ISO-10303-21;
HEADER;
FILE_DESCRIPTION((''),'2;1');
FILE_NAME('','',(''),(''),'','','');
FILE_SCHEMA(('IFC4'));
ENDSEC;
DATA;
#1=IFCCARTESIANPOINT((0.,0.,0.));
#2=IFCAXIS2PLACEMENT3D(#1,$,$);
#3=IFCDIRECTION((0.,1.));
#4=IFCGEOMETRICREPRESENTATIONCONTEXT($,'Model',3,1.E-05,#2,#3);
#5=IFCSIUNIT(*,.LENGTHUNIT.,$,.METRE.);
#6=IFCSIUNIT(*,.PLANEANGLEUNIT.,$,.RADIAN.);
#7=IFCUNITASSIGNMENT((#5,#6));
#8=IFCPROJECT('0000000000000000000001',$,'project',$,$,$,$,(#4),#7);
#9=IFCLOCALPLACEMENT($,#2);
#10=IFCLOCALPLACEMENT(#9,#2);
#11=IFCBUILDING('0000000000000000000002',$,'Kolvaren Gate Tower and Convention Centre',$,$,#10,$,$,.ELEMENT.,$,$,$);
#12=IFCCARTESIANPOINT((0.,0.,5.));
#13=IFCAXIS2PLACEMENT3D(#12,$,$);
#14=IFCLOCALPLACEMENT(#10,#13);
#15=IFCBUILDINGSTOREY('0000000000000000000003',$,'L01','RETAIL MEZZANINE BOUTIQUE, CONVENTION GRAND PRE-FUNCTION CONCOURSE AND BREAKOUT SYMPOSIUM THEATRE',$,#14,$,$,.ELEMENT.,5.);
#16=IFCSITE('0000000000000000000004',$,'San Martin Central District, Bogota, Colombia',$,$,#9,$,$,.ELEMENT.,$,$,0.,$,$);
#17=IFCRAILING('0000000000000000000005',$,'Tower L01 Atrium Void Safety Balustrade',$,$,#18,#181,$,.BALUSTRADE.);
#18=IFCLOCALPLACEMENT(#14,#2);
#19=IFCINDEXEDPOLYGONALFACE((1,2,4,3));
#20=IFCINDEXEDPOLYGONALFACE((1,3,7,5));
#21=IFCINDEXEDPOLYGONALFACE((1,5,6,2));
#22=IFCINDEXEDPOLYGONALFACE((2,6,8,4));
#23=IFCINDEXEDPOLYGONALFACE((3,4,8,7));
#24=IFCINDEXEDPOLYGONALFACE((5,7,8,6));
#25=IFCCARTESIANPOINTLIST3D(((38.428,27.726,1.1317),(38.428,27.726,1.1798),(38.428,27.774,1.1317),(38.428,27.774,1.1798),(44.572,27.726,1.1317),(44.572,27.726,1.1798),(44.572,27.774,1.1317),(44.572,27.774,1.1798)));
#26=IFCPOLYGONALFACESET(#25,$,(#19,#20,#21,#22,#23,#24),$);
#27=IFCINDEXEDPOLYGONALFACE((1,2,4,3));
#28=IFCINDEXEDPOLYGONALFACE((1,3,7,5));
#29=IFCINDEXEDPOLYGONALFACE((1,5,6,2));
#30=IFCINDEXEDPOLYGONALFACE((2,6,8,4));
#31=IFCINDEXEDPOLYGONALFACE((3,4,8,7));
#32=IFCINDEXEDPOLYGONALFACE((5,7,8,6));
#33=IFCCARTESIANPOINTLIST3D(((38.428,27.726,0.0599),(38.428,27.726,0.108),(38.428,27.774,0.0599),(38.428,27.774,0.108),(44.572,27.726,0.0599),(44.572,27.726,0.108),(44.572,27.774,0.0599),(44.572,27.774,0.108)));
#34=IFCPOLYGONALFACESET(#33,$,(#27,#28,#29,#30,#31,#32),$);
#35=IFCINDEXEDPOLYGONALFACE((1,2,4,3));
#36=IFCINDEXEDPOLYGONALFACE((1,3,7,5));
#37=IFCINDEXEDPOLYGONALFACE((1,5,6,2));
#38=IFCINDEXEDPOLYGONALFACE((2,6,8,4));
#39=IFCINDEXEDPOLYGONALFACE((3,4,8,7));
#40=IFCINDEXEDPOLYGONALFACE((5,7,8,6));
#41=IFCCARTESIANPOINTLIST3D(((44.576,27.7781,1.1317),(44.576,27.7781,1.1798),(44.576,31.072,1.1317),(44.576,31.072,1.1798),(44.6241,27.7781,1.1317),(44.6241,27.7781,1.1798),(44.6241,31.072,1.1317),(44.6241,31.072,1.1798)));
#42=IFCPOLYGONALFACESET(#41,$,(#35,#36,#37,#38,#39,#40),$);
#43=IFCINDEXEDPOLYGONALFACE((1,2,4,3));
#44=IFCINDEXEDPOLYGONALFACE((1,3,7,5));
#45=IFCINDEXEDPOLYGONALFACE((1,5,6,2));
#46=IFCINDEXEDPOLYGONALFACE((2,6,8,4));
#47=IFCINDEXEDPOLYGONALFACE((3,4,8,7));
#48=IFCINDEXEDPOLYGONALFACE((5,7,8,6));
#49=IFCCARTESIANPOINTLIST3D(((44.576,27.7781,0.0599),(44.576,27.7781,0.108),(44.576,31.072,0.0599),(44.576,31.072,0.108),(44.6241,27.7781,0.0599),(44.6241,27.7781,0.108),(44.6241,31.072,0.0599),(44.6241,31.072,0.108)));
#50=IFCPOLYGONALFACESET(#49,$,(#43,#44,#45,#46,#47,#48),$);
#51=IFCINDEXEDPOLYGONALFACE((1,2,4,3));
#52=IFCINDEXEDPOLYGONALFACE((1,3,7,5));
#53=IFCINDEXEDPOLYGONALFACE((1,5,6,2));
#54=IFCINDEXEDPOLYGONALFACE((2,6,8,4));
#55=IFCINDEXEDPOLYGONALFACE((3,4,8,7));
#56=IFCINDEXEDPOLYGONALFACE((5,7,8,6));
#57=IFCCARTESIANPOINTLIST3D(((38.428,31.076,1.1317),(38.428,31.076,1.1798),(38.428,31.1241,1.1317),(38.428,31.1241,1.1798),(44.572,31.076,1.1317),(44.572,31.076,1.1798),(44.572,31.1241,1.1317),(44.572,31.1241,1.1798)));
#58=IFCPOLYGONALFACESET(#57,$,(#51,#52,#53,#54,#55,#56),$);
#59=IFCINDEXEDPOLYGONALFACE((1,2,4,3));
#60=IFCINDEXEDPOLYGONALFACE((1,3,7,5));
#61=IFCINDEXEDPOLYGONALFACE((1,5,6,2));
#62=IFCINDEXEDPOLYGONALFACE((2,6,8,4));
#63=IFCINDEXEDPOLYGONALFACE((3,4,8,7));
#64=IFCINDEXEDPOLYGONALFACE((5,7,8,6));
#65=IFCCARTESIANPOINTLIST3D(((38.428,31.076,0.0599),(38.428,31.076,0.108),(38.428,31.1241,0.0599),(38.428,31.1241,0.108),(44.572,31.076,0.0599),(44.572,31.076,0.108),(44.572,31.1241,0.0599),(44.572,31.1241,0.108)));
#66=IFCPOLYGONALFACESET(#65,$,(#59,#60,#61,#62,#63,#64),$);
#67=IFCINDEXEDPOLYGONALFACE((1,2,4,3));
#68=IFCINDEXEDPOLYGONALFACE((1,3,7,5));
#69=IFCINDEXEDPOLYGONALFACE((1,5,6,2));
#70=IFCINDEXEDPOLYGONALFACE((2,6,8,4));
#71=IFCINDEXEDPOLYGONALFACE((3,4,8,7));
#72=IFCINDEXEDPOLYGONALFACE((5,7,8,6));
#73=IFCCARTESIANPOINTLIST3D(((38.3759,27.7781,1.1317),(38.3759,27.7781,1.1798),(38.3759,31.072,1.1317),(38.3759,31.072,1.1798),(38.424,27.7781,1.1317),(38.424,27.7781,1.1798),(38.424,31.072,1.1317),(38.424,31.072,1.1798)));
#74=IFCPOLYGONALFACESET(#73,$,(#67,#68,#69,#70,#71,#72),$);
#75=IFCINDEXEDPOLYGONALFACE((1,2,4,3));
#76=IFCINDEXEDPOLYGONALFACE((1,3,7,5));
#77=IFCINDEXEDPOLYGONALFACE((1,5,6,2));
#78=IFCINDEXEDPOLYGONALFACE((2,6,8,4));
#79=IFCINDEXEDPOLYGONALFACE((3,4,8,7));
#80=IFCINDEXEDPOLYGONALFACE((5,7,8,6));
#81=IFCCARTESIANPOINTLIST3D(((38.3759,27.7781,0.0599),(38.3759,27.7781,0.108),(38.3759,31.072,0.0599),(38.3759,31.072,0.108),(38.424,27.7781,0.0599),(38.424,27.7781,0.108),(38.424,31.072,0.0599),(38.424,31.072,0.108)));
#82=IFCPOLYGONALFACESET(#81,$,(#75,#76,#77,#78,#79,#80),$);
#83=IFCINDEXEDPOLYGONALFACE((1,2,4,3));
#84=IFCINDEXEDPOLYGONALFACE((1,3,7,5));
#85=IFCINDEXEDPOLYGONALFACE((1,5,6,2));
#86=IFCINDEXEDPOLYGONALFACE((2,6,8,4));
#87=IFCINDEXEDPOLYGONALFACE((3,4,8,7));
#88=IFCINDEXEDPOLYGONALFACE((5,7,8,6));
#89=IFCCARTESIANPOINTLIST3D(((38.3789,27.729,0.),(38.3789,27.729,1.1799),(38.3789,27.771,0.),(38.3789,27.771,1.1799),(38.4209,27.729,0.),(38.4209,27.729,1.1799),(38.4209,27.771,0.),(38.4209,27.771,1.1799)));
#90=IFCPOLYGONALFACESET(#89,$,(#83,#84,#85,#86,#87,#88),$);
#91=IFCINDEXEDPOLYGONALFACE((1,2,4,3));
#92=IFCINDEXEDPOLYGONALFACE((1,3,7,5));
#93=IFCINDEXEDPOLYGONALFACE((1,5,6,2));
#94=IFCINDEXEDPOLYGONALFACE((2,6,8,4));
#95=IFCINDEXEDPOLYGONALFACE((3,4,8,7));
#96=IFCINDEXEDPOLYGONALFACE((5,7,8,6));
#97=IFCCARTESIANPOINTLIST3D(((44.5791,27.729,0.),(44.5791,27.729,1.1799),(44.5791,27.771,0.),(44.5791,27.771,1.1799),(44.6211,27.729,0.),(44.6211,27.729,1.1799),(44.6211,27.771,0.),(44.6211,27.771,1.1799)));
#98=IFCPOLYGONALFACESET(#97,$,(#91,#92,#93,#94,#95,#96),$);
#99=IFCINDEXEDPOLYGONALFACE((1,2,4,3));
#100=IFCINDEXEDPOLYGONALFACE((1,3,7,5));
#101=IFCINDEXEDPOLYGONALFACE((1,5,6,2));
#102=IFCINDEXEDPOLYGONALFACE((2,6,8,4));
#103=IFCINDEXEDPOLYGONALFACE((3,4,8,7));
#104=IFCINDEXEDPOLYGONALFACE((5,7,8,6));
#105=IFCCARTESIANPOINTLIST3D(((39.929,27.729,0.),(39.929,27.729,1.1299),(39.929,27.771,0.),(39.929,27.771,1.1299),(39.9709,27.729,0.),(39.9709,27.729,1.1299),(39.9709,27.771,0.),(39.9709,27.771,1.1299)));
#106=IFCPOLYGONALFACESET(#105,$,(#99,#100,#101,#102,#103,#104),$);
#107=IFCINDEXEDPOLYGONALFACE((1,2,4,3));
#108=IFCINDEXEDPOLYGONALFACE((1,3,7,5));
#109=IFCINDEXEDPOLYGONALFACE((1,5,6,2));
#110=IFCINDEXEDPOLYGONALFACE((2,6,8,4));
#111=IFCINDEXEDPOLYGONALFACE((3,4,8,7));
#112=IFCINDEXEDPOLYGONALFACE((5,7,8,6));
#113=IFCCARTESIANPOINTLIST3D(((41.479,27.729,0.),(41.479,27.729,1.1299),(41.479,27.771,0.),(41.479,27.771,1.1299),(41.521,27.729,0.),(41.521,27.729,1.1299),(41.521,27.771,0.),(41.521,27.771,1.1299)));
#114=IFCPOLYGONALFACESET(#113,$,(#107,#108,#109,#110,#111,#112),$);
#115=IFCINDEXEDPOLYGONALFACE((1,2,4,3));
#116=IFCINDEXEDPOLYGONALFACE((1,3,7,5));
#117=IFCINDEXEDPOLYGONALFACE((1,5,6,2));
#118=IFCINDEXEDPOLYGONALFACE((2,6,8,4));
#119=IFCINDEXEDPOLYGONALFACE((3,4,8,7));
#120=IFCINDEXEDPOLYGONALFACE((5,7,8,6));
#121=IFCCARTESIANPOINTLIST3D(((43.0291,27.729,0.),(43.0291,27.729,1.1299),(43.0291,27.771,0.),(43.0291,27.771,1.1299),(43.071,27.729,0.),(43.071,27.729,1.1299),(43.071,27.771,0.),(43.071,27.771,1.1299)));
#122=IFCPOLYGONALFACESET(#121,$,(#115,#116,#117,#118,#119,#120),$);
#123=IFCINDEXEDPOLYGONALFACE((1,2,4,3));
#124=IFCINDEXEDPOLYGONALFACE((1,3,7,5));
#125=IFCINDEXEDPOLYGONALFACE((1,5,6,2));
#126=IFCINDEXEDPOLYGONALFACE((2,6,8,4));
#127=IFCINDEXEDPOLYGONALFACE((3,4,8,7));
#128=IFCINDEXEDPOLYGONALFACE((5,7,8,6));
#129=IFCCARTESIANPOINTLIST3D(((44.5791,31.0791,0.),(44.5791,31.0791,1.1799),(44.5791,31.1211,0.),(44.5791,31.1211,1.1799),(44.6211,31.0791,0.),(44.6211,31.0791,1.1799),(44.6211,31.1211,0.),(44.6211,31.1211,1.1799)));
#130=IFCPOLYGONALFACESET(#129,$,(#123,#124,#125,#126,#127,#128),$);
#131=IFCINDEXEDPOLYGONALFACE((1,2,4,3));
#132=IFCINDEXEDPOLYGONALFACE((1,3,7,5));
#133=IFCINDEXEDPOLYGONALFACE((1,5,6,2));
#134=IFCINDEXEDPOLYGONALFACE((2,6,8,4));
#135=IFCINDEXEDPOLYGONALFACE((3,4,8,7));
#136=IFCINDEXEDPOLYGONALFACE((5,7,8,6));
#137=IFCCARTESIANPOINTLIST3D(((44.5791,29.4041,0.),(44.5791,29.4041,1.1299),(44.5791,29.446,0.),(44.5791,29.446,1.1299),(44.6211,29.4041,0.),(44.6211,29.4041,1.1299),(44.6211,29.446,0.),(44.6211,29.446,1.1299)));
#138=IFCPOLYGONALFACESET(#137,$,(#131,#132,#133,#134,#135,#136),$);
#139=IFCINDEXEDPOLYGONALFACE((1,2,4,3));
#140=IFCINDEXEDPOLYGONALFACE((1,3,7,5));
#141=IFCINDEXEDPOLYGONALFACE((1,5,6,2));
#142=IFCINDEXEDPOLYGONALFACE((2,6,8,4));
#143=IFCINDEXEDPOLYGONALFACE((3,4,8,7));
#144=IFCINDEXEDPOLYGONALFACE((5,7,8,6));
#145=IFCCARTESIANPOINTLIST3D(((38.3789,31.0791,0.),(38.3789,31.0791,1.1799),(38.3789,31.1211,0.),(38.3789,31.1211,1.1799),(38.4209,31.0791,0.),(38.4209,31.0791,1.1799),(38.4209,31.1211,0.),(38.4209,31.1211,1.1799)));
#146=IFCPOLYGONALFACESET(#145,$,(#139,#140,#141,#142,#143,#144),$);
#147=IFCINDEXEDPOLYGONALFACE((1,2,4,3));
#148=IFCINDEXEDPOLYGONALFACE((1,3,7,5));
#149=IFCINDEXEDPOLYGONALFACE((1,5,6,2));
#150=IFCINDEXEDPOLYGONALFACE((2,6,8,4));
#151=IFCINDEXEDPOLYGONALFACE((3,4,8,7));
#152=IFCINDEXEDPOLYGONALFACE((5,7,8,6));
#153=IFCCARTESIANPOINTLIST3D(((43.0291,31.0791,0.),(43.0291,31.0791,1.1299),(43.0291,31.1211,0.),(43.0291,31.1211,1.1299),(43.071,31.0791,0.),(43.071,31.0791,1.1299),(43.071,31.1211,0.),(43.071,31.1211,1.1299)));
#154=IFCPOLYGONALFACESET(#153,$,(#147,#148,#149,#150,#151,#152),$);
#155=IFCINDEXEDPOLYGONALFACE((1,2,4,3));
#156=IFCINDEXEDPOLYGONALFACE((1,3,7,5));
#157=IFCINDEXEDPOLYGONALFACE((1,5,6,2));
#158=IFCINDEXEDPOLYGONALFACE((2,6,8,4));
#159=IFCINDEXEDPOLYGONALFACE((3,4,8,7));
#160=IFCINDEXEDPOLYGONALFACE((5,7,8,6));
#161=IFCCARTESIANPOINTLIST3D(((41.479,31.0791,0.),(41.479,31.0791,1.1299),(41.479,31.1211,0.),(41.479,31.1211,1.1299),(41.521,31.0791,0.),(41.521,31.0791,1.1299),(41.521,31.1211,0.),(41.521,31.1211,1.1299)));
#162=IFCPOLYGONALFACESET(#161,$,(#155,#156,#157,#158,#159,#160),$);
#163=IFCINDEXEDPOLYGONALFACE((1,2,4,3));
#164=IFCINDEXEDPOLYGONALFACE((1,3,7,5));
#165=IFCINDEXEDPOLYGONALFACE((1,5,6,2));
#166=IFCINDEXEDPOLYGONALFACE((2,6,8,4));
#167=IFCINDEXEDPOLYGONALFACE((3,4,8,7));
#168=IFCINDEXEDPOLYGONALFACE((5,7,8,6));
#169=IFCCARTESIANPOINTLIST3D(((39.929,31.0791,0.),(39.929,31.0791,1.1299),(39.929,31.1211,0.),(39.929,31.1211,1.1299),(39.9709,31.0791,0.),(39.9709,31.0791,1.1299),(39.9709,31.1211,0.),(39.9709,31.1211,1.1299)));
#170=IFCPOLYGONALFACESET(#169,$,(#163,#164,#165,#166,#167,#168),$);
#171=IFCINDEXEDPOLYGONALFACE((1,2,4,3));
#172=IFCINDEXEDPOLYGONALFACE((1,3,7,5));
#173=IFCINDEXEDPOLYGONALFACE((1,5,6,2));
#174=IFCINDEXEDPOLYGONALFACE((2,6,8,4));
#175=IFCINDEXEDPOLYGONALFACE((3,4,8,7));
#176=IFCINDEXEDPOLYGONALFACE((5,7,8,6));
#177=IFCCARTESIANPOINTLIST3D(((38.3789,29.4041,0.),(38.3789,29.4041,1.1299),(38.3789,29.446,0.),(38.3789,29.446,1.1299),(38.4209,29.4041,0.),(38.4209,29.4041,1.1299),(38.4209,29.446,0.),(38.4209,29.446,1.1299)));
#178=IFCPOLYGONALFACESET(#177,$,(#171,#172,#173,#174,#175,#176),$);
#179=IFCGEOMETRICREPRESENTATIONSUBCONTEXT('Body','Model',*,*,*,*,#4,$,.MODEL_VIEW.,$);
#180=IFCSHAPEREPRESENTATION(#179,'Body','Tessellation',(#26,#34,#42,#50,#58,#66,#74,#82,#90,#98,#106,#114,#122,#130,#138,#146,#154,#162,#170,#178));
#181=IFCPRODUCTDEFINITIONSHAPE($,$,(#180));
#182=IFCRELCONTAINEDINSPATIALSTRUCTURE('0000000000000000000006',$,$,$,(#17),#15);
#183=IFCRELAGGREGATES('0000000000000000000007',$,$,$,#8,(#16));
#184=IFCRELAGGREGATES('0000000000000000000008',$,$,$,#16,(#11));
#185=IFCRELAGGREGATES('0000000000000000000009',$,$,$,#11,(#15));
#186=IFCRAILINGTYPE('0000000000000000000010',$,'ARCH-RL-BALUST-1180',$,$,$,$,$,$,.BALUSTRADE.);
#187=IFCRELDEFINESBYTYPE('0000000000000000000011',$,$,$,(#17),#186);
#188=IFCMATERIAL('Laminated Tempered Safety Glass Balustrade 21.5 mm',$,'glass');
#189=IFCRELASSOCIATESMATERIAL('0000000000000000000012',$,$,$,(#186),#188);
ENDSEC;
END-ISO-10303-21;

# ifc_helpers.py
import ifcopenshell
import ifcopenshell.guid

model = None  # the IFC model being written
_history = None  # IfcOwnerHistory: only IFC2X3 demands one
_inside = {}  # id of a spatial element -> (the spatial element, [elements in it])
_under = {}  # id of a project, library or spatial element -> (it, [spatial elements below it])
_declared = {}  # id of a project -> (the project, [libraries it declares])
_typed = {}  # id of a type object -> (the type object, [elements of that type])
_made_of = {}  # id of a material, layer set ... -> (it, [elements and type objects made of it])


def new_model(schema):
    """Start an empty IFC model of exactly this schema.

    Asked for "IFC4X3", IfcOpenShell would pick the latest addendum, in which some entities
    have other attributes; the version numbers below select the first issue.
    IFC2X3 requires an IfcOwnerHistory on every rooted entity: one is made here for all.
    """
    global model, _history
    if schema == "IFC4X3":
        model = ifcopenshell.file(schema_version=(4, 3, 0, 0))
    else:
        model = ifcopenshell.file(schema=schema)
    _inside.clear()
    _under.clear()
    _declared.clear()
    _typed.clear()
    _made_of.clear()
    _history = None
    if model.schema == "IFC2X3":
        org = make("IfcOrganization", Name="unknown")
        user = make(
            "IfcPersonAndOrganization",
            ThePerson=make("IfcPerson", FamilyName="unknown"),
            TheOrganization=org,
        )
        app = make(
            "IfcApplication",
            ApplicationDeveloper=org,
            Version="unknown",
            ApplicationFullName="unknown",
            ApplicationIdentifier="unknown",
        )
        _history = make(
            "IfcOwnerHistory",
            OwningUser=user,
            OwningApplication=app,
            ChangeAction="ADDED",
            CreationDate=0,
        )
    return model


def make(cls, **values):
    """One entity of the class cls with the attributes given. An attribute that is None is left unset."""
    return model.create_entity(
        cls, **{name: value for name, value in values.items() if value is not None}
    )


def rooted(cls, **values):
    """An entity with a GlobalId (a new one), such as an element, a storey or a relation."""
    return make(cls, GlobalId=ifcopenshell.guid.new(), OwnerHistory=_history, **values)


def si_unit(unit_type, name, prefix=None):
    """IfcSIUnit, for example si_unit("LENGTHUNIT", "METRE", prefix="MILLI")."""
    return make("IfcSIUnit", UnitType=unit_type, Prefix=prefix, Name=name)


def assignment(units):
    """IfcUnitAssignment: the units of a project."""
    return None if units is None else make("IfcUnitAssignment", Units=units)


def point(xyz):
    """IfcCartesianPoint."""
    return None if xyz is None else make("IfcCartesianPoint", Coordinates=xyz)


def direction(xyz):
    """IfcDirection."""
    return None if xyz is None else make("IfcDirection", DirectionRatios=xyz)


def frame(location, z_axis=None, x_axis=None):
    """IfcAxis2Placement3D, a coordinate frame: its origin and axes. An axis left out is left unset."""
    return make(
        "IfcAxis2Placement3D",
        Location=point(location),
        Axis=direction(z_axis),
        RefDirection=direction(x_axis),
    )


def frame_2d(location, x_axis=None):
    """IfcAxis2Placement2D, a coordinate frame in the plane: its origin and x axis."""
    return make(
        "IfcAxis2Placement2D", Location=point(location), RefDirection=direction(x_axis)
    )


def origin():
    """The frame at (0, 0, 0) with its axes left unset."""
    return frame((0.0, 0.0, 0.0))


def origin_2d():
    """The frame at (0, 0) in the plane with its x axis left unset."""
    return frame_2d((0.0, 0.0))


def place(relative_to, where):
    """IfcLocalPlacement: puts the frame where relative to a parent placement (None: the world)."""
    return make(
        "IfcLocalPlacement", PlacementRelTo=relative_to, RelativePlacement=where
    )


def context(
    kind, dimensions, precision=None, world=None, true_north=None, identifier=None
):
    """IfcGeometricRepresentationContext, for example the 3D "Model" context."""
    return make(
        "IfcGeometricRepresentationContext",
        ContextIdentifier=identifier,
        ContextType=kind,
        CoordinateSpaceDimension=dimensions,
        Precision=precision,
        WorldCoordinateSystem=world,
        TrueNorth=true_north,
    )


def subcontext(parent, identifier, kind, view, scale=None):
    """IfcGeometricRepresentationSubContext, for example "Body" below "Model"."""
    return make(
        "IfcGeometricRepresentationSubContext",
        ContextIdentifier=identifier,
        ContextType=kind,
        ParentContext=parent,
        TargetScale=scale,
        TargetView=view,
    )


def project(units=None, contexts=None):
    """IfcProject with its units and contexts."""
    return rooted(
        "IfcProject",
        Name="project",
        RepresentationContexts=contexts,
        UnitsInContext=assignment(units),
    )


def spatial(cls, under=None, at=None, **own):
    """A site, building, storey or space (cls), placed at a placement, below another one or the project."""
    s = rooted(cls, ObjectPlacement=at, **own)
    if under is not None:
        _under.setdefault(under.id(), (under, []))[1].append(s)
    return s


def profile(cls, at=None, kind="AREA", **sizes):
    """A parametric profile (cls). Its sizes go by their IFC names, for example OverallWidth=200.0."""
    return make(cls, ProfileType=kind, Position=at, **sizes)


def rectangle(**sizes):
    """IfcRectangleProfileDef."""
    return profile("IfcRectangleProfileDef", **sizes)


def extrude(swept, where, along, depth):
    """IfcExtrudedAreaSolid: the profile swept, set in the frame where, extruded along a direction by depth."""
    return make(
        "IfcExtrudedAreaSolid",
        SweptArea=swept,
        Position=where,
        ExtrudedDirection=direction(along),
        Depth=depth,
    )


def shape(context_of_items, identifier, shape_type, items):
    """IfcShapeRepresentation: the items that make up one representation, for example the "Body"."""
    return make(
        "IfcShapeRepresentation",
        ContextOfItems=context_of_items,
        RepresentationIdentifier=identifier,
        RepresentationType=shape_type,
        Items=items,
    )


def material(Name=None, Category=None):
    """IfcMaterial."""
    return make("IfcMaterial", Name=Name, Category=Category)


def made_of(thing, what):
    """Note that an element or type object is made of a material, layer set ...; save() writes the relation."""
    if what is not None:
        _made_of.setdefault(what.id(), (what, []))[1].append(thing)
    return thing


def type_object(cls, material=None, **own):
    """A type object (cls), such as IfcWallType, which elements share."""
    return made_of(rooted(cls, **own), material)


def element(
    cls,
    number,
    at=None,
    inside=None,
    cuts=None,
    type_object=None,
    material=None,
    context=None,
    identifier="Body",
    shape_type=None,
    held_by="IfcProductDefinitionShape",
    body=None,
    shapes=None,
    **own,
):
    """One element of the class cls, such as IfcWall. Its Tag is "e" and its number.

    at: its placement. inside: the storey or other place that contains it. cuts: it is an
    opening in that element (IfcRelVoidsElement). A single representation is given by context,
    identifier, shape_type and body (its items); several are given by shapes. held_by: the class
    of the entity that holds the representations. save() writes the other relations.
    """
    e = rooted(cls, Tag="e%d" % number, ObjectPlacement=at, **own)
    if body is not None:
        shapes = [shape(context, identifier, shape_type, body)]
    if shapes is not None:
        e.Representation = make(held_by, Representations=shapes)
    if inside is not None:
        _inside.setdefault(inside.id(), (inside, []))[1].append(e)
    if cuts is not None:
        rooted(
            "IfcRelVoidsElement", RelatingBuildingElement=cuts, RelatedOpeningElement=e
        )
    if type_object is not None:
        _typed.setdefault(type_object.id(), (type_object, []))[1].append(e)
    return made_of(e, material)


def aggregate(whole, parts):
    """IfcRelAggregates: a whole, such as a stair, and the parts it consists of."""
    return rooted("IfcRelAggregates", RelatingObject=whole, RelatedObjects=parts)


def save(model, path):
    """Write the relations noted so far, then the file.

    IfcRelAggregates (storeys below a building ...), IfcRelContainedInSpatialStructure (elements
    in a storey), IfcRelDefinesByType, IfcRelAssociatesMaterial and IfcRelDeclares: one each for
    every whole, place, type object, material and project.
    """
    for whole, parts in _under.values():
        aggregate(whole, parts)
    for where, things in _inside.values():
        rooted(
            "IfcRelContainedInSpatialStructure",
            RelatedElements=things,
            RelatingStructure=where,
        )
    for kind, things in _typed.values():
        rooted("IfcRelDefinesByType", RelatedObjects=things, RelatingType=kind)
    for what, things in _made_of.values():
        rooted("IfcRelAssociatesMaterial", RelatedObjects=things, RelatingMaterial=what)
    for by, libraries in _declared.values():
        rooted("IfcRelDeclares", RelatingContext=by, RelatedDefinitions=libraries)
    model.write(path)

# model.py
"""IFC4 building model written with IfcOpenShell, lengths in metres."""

from ifc_helpers import new_model, si_unit, direction, frame, origin, origin_2d, place, context, subcontext, project, spatial, rectangle, extrude, material, type_object, element, save


model = new_model("IFC4")

# Units and contexts
model_context = context("Model", 3, precision=1e-05, world=origin(), true_north=direction((0.0, 1.0)))
body_context = subcontext(model_context, "Body", "Model", "MODEL_VIEW")
ifc_project = project(units=[si_unit("LENGTHUNIT", "METRE"), si_unit("PLANEANGLEUNIT", "RADIAN")], contexts=[model_context])

# Site, building, storey
site_placement = place(None, origin())
site = spatial("IfcSite", under=ifc_project, at=site_placement, Name="San Martin Central District, Bogota, Colombia", CompositionType="ELEMENT", RefElevation=0.0)
building_placement = place(site_placement, origin())
building = spatial("IfcBuilding", under=site, at=building_placement, Name="Kolvaren Gate Tower and Convention Centre", CompositionType="ELEMENT")
storey_placement = place(building_placement, frame((0.0, 0.0, 5.0)))
storey = spatial("IfcBuildingStorey", under=building, at=storey_placement, Name="L01", Description="RETAIL MEZZANINE BOUTIQUE, CONVENTION GRAND PRE-FUNCTION CONCOURSE AND BREAKOUT SYMPOSIUM THEATRE", CompositionType="ELEMENT", Elevation=5.0)

# Railing
ifc_material_1 = material(Name="Laminated Tempered Safety Glass Balustrade 21.5 mm", Category="glass")
railing_type = type_object("IfcRailingType", Name="ARCH-RL-BALUST-1180", PredefinedType="BALUSTRADE", material=ifc_material_1)
railing_placement = place(storey_placement, frame((38.3999, 27.75, 0.0)))
element("IfcRailing", 1, at=railing_placement, inside=storey, type_object=railing_type, Name="Tower L01 Atrium Void Safety Balustrade", PredefinedType="BALUSTRADE", context=body_context, shape_type="SweptSolid", body=[
    extrude(rectangle(XDim=0.0481, YDim=0.0481, at=origin_2d()), frame((0.0281, 0.0, 1.1558), z_axis=(1.0, 0.0, 0.0), x_axis=(0.0, 1.0, 0.0)), (0.0, 0.0, 1.0), 6.144),
    extrude(rectangle(XDim=0.0481, YDim=0.0481, at=origin_2d()), frame((0.0281, 0.0, 0.084), z_axis=(1.0, 0.0, 0.0), x_axis=(0.0, 1.0, 0.0)), (0.0, 0.0, 1.0), 6.144),
    extrude(rectangle(XDim=0.0481, YDim=0.0481, at=origin_2d()), frame((6.2002, 0.0281, 1.1558), z_axis=(0.0, 1.0, 0.0), x_axis=(-1.0, 0.0, 0.0)), (0.0, 0.0, 1.0), 3.2939),
    extrude(rectangle(XDim=0.0481, YDim=0.0481, at=origin_2d()), frame((6.2002, 0.0281, 0.084), z_axis=(0.0, 1.0, 0.0), x_axis=(-1.0, 0.0, 0.0)), (0.0, 0.0, 1.0), 3.2939),
    extrude(rectangle(XDim=0.0481, YDim=0.0481, at=origin_2d()), frame((6.1721, 3.3501, 1.1558), z_axis=(-1.0, 0.0, 0.0), x_axis=(0.0, -1.0, 0.0)), (0.0, 0.0, 1.0), 6.144),
    extrude(rectangle(XDim=0.0481, YDim=0.0481, at=origin_2d()), frame((6.1721, 3.3501, 0.084), z_axis=(-1.0, 0.0, 0.0), x_axis=(0.0, -1.0, 0.0)), (0.0, 0.0, 1.0), 6.144),
    extrude(rectangle(XDim=0.0481, YDim=0.0481, at=origin_2d()), frame((0.0, 3.322, 1.1558), z_axis=(0.0, -1.0, 0.0), x_axis=(1.0, 0.0, 0.0)), (0.0, 0.0, 1.0), 3.2939),
    extrude(rectangle(XDim=0.0481, YDim=0.0481, at=origin_2d()), frame((0.0, 3.322, 0.084), z_axis=(0.0, -1.0, 0.0), x_axis=(1.0, 0.0, 0.0)), (0.0, 0.0, 1.0), 3.2939),
    extrude(rectangle(XDim=0.042, YDim=0.042, at=origin_2d()), origin(), (0.0, 0.0, 1.0), 1.1799),
    extrude(rectangle(XDim=0.042, YDim=0.042, at=origin_2d()), frame((6.2002, 0.0, 0.0)), (0.0, 0.0, 1.0), 1.1799),
    extrude(rectangle(XDim=0.042, YDim=0.042, at=origin_2d()), frame((1.55, 0.0, 0.0)), (0.0, 0.0, 1.0), 1.1299),
    extrude(rectangle(XDim=0.042, YDim=0.042, at=origin_2d()), frame((3.1001, 0.0, 0.0)), (0.0, 0.0, 1.0), 1.1299),
    extrude(rectangle(XDim=0.042, YDim=0.042, at=origin_2d()), frame((4.6501, 0.0, 0.0)), (0.0, 0.0, 1.0), 1.1299),
    extrude(rectangle(XDim=0.042, YDim=0.042, at=origin_2d()), frame((6.2002, 3.3501, 0.0)), (0.0, 0.0, 1.0), 1.1799),
    extrude(rectangle(XDim=0.042, YDim=0.042, at=origin_2d()), frame((6.2002, 1.675, 0.0)), (0.0, 0.0, 1.0), 1.1299),
    extrude(rectangle(XDim=0.042, YDim=0.042, at=origin_2d()), frame((0.0, 3.3501, 0.0)), (0.0, 0.0, 1.0), 1.1799),
    extrude(rectangle(XDim=0.042, YDim=0.042, at=origin_2d()), frame((4.6501, 3.3501, 0.0)), (0.0, 0.0, 1.0), 1.1299),
    extrude(rectangle(XDim=0.042, YDim=0.042, at=origin_2d()), frame((3.1001, 3.3501, 0.0)), (0.0, 0.0, 1.0), 1.1299),
    extrude(rectangle(XDim=0.042, YDim=0.042, at=origin_2d()), frame((1.55, 3.3501, 0.0)), (0.0, 0.0, 1.0), 1.1299),
    extrude(rectangle(XDim=0.042, YDim=0.042, at=origin_2d()), frame((0.0, 1.675, 0.0)), (0.0, 0.0, 1.0), 1.1299),
])

save(model, "model.ifc")
